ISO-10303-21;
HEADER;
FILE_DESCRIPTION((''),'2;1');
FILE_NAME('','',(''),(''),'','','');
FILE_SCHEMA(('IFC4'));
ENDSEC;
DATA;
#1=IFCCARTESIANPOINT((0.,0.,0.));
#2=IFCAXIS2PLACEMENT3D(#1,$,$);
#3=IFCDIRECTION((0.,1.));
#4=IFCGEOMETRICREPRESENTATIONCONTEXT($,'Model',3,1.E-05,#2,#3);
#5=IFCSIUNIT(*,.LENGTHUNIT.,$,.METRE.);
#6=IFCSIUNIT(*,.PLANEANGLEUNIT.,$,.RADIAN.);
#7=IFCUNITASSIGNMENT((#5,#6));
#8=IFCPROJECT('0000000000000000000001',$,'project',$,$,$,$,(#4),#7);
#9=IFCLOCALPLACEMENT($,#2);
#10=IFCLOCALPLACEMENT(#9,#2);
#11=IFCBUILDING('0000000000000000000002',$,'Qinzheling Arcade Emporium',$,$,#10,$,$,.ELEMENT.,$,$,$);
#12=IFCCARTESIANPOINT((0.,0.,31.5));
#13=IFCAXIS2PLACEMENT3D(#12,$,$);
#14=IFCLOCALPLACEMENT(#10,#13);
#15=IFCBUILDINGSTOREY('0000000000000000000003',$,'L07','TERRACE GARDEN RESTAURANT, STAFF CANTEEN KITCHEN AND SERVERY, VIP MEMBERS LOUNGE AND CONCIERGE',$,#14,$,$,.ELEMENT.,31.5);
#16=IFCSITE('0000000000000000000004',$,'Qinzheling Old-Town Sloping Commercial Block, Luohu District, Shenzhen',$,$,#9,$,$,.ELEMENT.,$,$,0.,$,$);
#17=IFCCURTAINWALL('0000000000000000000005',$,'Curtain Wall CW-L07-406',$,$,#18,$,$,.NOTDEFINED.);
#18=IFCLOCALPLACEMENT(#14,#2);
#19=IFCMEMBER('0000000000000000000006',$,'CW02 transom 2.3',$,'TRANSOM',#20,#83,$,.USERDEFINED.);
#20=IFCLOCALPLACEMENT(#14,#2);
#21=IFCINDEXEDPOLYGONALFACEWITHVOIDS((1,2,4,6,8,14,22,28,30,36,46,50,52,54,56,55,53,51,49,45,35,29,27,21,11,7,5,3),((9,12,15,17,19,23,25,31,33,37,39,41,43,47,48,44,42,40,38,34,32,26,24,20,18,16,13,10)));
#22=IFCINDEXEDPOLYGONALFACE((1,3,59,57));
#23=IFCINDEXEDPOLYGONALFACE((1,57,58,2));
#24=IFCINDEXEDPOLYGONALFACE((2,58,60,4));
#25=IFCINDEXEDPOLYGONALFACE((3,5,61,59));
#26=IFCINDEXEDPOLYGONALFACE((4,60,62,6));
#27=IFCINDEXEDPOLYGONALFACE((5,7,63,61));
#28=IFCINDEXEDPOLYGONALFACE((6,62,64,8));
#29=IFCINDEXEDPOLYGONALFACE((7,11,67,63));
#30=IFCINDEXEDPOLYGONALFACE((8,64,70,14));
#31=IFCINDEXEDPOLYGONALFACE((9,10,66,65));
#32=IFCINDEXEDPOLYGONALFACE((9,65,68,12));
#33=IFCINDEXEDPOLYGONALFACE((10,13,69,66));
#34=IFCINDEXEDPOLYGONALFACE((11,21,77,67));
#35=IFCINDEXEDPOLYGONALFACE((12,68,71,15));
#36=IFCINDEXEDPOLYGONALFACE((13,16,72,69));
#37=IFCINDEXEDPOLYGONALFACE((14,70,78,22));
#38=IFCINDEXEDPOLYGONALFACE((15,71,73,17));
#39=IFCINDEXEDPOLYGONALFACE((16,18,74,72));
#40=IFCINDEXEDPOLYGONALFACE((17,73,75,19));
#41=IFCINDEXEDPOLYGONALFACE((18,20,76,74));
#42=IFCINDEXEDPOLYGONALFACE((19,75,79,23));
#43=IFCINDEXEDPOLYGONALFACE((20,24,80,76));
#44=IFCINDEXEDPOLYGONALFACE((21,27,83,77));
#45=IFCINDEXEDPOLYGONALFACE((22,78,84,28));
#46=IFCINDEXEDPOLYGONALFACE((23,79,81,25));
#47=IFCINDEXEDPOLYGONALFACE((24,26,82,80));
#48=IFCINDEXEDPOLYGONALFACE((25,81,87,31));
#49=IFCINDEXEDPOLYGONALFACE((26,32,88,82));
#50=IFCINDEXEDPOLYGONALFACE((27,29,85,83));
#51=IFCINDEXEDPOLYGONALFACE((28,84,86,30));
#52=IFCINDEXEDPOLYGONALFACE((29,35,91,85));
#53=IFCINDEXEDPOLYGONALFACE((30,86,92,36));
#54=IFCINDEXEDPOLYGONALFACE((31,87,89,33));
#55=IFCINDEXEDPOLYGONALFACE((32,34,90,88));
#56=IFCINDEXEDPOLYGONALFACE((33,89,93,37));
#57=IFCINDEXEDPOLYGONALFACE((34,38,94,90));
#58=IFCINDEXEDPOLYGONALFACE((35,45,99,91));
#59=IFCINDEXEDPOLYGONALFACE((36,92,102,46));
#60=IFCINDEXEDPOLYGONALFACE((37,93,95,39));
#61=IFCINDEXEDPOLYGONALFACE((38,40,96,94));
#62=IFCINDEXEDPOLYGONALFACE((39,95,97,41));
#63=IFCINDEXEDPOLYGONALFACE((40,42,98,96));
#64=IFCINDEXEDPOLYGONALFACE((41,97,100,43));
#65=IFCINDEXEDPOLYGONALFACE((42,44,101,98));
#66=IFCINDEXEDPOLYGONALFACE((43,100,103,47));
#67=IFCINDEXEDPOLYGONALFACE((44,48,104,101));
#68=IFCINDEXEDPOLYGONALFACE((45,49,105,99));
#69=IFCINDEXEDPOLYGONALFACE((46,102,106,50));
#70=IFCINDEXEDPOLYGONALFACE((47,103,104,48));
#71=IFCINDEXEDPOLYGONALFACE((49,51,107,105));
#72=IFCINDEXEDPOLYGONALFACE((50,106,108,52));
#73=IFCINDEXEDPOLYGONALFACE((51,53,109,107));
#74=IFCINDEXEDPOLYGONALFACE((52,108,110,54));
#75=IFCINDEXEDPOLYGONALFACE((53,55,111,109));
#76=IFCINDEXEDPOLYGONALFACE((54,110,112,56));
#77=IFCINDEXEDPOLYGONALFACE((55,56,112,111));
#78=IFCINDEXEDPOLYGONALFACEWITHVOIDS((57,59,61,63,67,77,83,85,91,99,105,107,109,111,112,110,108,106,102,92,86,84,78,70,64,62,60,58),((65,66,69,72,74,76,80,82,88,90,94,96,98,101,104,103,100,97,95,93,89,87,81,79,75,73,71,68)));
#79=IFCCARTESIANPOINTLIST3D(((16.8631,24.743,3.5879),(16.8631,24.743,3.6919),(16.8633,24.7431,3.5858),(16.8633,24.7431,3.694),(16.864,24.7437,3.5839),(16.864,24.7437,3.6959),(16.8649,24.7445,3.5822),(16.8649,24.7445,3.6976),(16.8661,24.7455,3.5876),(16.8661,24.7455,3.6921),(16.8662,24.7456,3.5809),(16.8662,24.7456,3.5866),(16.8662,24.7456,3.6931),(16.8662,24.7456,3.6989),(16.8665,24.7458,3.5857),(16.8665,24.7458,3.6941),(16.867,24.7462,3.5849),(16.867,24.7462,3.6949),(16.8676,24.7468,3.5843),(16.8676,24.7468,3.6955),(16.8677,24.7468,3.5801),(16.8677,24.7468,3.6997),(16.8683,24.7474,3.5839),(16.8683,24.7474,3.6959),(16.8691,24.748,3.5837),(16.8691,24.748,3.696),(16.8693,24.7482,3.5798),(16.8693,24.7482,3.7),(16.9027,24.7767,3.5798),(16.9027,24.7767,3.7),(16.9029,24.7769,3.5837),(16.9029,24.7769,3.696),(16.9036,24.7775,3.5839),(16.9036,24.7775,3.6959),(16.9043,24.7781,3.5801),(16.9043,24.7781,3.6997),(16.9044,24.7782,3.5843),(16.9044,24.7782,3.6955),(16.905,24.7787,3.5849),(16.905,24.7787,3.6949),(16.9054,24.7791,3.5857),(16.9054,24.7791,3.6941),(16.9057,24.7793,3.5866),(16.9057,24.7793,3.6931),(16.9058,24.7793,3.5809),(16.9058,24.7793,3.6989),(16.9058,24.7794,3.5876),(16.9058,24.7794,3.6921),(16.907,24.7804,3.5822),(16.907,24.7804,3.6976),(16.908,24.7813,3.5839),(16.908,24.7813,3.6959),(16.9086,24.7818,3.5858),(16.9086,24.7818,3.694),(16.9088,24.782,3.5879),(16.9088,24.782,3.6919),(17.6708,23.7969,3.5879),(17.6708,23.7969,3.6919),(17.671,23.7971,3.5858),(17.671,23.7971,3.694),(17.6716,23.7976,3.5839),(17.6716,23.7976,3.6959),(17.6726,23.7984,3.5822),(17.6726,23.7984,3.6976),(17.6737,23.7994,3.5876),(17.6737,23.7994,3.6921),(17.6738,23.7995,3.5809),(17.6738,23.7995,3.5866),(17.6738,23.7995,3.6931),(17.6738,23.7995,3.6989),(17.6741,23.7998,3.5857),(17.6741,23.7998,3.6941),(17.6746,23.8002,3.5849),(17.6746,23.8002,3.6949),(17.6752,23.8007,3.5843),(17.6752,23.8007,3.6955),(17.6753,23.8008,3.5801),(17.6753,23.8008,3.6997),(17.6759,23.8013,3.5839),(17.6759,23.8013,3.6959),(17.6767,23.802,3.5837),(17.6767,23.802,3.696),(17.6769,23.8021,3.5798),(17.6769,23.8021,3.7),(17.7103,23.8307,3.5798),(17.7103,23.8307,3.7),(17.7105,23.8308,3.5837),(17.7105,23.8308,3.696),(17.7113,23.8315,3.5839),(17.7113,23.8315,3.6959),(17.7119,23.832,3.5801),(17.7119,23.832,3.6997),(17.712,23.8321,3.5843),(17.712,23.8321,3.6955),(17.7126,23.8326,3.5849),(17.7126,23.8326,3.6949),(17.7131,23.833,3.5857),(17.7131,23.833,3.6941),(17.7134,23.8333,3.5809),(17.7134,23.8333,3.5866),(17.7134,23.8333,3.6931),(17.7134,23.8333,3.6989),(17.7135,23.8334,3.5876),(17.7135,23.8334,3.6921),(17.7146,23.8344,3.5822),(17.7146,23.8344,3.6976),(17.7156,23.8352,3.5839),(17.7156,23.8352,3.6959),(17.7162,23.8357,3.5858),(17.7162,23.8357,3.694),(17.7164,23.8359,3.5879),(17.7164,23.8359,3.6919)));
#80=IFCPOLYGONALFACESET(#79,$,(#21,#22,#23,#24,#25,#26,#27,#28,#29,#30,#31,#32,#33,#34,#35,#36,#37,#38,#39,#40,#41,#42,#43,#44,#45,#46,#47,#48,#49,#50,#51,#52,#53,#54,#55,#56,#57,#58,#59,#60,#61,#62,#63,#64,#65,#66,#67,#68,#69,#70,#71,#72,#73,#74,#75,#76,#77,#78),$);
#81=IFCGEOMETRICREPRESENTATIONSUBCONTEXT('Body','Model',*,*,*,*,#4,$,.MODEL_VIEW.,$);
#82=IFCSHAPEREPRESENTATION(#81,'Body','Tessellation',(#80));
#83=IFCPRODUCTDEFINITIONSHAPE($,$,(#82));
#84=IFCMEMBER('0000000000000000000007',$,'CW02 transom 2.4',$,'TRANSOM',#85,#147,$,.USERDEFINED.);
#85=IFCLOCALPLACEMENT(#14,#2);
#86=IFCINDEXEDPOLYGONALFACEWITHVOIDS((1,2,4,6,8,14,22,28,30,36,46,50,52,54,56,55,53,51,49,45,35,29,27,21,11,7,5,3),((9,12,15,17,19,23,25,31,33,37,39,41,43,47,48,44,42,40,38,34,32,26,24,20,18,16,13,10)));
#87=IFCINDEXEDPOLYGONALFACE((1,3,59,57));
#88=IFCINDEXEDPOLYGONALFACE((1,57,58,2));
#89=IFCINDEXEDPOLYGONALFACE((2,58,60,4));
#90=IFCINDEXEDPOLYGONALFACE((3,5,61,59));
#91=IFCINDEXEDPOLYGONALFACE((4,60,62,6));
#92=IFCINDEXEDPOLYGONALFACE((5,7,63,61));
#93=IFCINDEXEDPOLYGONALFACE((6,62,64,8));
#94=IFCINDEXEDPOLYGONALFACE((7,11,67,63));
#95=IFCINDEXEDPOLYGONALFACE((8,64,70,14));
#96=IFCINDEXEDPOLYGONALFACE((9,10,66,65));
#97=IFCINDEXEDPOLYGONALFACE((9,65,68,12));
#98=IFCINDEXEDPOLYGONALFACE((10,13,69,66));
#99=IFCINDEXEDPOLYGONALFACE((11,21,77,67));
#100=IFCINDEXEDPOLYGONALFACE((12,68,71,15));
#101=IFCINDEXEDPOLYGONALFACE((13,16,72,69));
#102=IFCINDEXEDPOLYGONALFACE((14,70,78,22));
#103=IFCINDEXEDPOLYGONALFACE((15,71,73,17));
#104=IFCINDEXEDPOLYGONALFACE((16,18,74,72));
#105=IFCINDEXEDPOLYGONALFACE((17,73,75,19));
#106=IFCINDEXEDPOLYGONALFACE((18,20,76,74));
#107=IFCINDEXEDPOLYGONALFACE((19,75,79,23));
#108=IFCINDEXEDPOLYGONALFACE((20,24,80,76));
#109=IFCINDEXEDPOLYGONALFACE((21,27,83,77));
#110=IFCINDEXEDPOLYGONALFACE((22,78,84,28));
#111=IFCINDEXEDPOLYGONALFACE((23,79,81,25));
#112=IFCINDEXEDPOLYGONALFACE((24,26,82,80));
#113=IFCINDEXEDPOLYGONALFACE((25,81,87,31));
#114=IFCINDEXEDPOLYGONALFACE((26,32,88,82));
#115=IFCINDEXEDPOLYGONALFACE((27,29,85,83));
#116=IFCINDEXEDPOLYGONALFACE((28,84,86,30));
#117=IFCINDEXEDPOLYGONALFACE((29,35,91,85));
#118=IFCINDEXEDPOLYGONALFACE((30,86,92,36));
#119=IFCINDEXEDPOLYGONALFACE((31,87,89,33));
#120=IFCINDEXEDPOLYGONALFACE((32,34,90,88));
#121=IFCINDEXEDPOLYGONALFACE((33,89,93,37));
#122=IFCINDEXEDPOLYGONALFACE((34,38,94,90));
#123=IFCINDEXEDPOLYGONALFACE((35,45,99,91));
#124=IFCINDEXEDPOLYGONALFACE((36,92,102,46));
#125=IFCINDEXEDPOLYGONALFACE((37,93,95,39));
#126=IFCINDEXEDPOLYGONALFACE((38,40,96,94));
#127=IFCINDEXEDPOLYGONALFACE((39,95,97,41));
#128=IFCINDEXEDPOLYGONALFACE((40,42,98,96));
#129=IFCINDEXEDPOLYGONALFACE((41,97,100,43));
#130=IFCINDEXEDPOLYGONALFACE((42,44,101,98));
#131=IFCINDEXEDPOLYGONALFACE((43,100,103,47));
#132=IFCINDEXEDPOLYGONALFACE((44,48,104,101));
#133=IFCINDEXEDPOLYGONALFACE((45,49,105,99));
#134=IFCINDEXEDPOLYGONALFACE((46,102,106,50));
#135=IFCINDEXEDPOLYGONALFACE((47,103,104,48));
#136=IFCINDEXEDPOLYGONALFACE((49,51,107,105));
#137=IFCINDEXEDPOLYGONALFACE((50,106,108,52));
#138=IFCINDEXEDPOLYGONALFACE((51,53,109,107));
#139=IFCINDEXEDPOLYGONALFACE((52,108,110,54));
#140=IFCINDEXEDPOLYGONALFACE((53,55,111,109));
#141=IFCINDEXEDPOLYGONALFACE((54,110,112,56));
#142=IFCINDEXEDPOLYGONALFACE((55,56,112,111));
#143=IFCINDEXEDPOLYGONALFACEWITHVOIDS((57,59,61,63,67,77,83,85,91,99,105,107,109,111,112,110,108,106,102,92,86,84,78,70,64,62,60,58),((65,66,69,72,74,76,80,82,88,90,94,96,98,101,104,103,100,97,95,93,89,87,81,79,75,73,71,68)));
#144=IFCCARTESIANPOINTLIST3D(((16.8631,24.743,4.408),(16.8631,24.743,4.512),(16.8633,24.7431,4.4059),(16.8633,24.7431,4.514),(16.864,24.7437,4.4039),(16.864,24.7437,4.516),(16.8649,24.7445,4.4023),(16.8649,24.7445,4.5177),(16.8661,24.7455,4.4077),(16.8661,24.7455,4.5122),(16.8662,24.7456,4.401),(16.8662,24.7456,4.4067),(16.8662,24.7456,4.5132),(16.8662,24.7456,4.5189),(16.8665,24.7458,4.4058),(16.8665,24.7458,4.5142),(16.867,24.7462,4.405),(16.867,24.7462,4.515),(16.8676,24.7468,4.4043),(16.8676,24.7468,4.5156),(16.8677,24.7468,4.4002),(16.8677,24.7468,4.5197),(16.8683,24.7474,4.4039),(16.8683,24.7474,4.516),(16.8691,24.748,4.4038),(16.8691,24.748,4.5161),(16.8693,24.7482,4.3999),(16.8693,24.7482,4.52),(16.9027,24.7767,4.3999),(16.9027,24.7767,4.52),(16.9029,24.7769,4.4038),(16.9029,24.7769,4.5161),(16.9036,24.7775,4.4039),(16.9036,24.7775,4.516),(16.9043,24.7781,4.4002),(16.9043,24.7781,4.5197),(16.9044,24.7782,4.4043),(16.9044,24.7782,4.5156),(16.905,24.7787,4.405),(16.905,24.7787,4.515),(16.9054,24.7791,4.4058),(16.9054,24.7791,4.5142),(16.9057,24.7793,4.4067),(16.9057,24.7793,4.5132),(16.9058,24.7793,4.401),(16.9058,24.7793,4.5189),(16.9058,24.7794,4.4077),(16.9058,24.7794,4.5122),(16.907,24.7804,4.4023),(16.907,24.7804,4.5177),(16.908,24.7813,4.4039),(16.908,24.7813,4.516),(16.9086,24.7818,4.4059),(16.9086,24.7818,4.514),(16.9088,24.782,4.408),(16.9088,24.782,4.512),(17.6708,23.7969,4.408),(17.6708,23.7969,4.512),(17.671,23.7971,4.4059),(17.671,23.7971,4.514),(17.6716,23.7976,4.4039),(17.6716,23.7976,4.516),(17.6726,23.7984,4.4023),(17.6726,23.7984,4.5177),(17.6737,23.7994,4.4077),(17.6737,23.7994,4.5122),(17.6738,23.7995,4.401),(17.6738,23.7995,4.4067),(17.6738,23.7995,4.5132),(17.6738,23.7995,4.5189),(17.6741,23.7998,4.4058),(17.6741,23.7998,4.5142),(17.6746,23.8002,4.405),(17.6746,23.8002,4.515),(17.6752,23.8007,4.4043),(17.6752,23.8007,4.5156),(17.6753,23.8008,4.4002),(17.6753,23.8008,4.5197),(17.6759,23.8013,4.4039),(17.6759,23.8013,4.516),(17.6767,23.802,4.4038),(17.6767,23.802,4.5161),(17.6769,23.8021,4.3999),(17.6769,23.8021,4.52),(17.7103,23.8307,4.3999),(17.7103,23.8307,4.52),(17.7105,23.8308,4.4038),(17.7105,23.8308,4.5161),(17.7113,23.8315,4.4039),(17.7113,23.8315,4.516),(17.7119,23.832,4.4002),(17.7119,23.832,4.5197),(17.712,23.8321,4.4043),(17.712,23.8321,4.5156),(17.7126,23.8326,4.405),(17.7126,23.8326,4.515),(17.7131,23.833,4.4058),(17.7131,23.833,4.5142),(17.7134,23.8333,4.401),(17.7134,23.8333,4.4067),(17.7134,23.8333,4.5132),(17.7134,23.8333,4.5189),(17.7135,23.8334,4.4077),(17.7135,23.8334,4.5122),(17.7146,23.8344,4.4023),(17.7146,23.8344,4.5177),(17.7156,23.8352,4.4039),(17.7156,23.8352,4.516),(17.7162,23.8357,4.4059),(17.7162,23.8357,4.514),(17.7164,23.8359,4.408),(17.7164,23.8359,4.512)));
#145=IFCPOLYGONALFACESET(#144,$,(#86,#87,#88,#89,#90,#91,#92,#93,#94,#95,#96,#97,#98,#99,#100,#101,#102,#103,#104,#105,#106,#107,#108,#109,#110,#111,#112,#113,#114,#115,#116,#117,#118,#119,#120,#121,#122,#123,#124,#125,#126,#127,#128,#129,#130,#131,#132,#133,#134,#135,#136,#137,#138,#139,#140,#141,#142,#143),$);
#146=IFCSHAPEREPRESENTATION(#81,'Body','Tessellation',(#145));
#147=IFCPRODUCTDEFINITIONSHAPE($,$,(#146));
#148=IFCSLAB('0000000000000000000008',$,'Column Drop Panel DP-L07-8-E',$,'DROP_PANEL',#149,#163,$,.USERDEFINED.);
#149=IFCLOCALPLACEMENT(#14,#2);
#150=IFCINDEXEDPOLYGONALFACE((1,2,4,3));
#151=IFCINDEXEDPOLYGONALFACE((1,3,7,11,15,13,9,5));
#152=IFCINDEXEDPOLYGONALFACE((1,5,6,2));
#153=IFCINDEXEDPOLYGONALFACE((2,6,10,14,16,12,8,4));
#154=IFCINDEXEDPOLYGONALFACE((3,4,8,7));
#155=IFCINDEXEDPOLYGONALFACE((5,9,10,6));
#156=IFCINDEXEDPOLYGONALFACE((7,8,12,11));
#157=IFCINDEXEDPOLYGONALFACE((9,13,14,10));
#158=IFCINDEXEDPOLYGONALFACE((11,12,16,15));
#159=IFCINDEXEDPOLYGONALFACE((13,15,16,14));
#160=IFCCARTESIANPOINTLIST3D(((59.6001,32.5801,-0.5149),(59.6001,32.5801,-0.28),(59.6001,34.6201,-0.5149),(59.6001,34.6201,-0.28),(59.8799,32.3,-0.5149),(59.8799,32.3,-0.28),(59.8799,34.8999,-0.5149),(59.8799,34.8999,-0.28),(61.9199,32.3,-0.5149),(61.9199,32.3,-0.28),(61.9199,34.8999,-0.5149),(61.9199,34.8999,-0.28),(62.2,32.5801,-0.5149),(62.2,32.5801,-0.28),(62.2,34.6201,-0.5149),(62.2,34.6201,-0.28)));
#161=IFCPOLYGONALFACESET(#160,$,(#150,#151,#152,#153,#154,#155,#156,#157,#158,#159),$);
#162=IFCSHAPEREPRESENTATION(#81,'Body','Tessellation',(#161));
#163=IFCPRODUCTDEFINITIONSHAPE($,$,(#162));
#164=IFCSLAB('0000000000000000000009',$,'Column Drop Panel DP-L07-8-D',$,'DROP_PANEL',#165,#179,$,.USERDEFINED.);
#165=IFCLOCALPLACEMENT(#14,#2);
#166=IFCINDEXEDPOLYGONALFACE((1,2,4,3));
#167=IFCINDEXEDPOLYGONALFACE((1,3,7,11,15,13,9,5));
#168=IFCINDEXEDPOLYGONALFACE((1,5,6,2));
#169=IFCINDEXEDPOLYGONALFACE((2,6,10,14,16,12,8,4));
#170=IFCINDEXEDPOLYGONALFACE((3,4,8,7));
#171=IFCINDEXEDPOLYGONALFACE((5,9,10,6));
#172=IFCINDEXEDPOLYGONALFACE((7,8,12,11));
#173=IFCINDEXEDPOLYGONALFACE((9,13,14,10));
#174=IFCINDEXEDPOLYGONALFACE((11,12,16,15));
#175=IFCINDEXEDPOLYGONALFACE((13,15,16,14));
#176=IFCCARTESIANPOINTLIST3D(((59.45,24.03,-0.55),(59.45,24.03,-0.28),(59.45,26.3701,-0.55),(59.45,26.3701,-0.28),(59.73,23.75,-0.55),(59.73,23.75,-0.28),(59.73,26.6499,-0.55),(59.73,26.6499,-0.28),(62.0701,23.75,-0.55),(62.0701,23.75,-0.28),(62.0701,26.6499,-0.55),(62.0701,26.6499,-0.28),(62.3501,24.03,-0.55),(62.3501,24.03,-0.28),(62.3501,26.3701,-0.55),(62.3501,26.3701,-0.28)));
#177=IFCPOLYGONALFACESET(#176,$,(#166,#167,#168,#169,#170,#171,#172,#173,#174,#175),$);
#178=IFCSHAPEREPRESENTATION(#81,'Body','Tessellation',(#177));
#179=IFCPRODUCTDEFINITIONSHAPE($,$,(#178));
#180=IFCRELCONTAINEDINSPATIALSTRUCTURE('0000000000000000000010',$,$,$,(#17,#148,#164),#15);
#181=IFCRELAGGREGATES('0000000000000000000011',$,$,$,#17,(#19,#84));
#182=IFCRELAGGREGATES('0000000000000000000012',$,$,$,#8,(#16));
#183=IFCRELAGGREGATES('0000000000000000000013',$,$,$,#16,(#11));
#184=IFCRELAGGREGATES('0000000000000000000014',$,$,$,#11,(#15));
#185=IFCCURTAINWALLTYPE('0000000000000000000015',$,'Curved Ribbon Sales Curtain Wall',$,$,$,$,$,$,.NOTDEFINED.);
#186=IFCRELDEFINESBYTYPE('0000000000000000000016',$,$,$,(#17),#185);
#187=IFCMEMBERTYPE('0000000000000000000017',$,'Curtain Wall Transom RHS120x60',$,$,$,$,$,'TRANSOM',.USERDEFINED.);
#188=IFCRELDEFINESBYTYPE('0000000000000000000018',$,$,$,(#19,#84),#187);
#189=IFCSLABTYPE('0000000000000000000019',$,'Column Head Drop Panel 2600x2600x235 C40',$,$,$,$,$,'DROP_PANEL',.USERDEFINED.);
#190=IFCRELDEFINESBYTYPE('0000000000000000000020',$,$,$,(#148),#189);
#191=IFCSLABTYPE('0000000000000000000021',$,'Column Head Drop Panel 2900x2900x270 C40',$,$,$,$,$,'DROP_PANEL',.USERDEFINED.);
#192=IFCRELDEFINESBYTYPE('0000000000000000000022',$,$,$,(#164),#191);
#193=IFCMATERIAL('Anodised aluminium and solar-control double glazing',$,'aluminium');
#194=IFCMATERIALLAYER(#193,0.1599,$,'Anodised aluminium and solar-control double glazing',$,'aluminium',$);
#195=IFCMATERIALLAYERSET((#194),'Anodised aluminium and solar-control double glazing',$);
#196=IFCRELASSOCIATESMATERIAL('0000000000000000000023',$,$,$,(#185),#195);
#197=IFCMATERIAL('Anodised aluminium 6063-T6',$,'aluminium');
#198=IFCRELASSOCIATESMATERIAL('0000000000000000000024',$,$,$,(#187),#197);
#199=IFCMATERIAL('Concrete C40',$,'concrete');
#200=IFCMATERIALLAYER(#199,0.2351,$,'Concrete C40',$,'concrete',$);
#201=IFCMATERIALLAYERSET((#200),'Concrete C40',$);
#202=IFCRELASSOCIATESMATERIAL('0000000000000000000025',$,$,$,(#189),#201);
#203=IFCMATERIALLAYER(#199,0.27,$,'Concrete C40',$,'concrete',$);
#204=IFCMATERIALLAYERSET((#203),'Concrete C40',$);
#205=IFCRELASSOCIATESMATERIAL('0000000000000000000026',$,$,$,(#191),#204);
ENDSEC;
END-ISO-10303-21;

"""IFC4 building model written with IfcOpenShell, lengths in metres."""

from ifc_helpers import new_model, si_unit, direction, frame, origin, origin_2d, place, context, subcontext, project, spatial, polyline, hollow_rectangle, outline, extrude, material, layer, layer_set, material_profile, profile_set, type_object, element, aggregate, save


model = new_model("IFC4")

# Units and contexts
model_context = context("Model", 3, precision=1e-05, world=origin(), true_north=direction((0.0, 1.0)))
body_context = subcontext(model_context, "Body", "Model", "MODEL_VIEW")
ifc_project = project(units=[si_unit("LENGTHUNIT", "METRE"), si_unit("PLANEANGLEUNIT", "RADIAN")], contexts=[model_context])

# Site, building, storey
site_placement = place(None, origin())
site = spatial("IfcSite", under=ifc_project, at=site_placement, Name="Qinzheling Old-Town Sloping Commercial Block, Luohu District, Shenzhen", CompositionType="ELEMENT", RefElevation=0.0)
building_placement = place(site_placement, origin())
building = spatial("IfcBuilding", under=site, at=building_placement, Name="Qinzheling Arcade Emporium", CompositionType="ELEMENT")
storey_placement = place(building_placement, frame((0.0, 0.0, 31.5)))
storey = spatial("IfcBuildingStorey", under=building, at=storey_placement, Name="L07", Description="TERRACE GARDEN RESTAURANT, STAFF CANTEEN KITCHEN AND SERVERY, VIP MEMBERS LOUNGE AND CONCIERGE", CompositionType="ELEMENT", Elevation=31.5)

# Curtain wall, members
ifc_material_1 = material(Name="Anodised aluminium and solar-control double glazing", Category="aluminium")
ifc_layer_1 = layer(ifc_material_1, 0.1599, Name="Anodised aluminium and solar-control double glazing", Category="aluminium")
ifc_layer_set_1 = layer_set([ifc_layer_1], Name="Anodised aluminium and solar-control double glazing")
curtain_wall_type = type_object("IfcCurtainWallType", Name="Curved Ribbon Sales Curtain Wall", PredefinedType="NOTDEFINED", material=ifc_layer_set_1)
curtain_wall_placement = place(storey_placement, origin())
curtain_wall = element("IfcCurtainWall", 1, at=curtain_wall_placement, inside=storey, type_object=curtain_wall_type, Name="Curtain Wall CW-L07-406", PredefinedType="NOTDEFINED")
ifc_material_2 = material(Name="Anodised aluminium 6063-T6", Category="aluminium")
ifc_material_profile_1 = material_profile(ifc_material_2, hollow_rectangle(XDim=0.0601, YDim=0.1201, WallThickness=0.0039, InnerFilletRadius=0.0039, OuterFilletRadius=0.0081, at=origin_2d()), Name="RHS 120x60x4", Category="aluminium")
ifc_profile_set_1 = profile_set([ifc_material_profile_1], Name="Anodised aluminium 6063-T6")
member_type_1 = type_object("IfcMemberType", Name="Curtain Wall Transom RHS120x60", ElementType="TRANSOM", PredefinedType="USERDEFINED", material=ifc_profile_set_1)
member_1_placement = place(storey_placement, frame((17.6936, 23.8164, 3.6399), z_axis=(-0.649271, 0.760557, 0.0), x_axis=(-0.760557, -0.649271, 0.0)))
member_1 = element("IfcMember", 2, at=member_1_placement, type_object=member_type_1, Name="CW02 transom 2.3", ObjectType="TRANSOM", PredefinedType="USERDEFINED", context=body_context, shape_type="SweptSolid", body=[
    extrude(hollow_rectangle(XDim=0.0601, YDim=0.1201, WallThickness=0.0039, InnerFilletRadius=0.0039, OuterFilletRadius=0.0081, at=origin_2d()), origin(), (0.0, 0.0, 1.0), 1.2439),
])
member_2_placement = place(storey_placement, frame((17.6936, 23.8164, 4.46), z_axis=(-0.649271, 0.760557, 0.0), x_axis=(-0.760557, -0.649271, 0.0)))
member_2 = element("IfcMember", 3, at=member_2_placement, type_object=member_type_1, Name="CW02 transom 2.4", ObjectType="TRANSOM", PredefinedType="USERDEFINED", context=body_context, shape_type="SweptSolid", body=[
    extrude(hollow_rectangle(XDim=0.0601, YDim=0.1201, WallThickness=0.0039, InnerFilletRadius=0.0039, OuterFilletRadius=0.0081, at=origin_2d()), origin(), (0.0, 0.0, 1.0), 1.2439),
])

# Slabs
ifc_material_3 = material(Name="Concrete C40", Category="concrete")
ifc_layer_2 = layer(ifc_material_3, 0.2351, Name="Concrete C40", Category="concrete")
ifc_layer_set_2 = layer_set([ifc_layer_2], Name="Concrete C40")
slab_type_1 = type_object("IfcSlabType", Name="Column Head Drop Panel 2600x2600x235 C40", ElementType="DROP_PANEL", PredefinedType="USERDEFINED", material=ifc_layer_set_2)
slab_1_placement = place(storey_placement, frame((0.0, 0.0, -0.5149)))
element("IfcSlab", 4, at=slab_1_placement, inside=storey, type_object=slab_type_1, Name="Column Drop Panel DP-L07-8-E", ObjectType="DROP_PANEL", PredefinedType="USERDEFINED", context=body_context, shape_type="SweptSolid", body=[
    extrude(outline(polyline([(59.8799, 32.3), (61.9199, 32.3), (62.2, 32.5801), (62.2, 34.6201), (61.9199, 34.8999), (59.8799, 34.8999), (59.6001, 34.6201), (59.6001, 32.5801), (59.8799, 32.3)])), origin(), (0.0, 0.0, 1.0), 0.2349),
])
ifc_layer_3 = layer(ifc_material_3, 0.27, Name="Concrete C40", Category="concrete")
ifc_layer_set_3 = layer_set([ifc_layer_3], Name="Concrete C40")
slab_type_2 = type_object("IfcSlabType", Name="Column Head Drop Panel 2900x2900x270 C40", ElementType="DROP_PANEL", PredefinedType="USERDEFINED", material=ifc_layer_set_3)
slab_2_placement = place(storey_placement, frame((0.0, 0.0, -0.55)))
element("IfcSlab", 5, at=slab_2_placement, inside=storey, type_object=slab_type_2, Name="Column Drop Panel DP-L07-8-D", ObjectType="DROP_PANEL", PredefinedType="USERDEFINED", context=body_context, shape_type="SweptSolid", body=[
    extrude(outline(polyline([(59.73, 23.75), (62.0701, 23.75), (62.3501, 24.03), (62.3501, 26.3701), (62.0701, 26.6499), (59.73, 26.6499), (59.45, 26.3701), (59.45, 24.03), (59.73, 23.75)])), origin(), (0.0, 0.0, 1.0), 0.27),
])

aggregate(curtain_wall, [member_1, member_2])

save(model, "model.ifc")
